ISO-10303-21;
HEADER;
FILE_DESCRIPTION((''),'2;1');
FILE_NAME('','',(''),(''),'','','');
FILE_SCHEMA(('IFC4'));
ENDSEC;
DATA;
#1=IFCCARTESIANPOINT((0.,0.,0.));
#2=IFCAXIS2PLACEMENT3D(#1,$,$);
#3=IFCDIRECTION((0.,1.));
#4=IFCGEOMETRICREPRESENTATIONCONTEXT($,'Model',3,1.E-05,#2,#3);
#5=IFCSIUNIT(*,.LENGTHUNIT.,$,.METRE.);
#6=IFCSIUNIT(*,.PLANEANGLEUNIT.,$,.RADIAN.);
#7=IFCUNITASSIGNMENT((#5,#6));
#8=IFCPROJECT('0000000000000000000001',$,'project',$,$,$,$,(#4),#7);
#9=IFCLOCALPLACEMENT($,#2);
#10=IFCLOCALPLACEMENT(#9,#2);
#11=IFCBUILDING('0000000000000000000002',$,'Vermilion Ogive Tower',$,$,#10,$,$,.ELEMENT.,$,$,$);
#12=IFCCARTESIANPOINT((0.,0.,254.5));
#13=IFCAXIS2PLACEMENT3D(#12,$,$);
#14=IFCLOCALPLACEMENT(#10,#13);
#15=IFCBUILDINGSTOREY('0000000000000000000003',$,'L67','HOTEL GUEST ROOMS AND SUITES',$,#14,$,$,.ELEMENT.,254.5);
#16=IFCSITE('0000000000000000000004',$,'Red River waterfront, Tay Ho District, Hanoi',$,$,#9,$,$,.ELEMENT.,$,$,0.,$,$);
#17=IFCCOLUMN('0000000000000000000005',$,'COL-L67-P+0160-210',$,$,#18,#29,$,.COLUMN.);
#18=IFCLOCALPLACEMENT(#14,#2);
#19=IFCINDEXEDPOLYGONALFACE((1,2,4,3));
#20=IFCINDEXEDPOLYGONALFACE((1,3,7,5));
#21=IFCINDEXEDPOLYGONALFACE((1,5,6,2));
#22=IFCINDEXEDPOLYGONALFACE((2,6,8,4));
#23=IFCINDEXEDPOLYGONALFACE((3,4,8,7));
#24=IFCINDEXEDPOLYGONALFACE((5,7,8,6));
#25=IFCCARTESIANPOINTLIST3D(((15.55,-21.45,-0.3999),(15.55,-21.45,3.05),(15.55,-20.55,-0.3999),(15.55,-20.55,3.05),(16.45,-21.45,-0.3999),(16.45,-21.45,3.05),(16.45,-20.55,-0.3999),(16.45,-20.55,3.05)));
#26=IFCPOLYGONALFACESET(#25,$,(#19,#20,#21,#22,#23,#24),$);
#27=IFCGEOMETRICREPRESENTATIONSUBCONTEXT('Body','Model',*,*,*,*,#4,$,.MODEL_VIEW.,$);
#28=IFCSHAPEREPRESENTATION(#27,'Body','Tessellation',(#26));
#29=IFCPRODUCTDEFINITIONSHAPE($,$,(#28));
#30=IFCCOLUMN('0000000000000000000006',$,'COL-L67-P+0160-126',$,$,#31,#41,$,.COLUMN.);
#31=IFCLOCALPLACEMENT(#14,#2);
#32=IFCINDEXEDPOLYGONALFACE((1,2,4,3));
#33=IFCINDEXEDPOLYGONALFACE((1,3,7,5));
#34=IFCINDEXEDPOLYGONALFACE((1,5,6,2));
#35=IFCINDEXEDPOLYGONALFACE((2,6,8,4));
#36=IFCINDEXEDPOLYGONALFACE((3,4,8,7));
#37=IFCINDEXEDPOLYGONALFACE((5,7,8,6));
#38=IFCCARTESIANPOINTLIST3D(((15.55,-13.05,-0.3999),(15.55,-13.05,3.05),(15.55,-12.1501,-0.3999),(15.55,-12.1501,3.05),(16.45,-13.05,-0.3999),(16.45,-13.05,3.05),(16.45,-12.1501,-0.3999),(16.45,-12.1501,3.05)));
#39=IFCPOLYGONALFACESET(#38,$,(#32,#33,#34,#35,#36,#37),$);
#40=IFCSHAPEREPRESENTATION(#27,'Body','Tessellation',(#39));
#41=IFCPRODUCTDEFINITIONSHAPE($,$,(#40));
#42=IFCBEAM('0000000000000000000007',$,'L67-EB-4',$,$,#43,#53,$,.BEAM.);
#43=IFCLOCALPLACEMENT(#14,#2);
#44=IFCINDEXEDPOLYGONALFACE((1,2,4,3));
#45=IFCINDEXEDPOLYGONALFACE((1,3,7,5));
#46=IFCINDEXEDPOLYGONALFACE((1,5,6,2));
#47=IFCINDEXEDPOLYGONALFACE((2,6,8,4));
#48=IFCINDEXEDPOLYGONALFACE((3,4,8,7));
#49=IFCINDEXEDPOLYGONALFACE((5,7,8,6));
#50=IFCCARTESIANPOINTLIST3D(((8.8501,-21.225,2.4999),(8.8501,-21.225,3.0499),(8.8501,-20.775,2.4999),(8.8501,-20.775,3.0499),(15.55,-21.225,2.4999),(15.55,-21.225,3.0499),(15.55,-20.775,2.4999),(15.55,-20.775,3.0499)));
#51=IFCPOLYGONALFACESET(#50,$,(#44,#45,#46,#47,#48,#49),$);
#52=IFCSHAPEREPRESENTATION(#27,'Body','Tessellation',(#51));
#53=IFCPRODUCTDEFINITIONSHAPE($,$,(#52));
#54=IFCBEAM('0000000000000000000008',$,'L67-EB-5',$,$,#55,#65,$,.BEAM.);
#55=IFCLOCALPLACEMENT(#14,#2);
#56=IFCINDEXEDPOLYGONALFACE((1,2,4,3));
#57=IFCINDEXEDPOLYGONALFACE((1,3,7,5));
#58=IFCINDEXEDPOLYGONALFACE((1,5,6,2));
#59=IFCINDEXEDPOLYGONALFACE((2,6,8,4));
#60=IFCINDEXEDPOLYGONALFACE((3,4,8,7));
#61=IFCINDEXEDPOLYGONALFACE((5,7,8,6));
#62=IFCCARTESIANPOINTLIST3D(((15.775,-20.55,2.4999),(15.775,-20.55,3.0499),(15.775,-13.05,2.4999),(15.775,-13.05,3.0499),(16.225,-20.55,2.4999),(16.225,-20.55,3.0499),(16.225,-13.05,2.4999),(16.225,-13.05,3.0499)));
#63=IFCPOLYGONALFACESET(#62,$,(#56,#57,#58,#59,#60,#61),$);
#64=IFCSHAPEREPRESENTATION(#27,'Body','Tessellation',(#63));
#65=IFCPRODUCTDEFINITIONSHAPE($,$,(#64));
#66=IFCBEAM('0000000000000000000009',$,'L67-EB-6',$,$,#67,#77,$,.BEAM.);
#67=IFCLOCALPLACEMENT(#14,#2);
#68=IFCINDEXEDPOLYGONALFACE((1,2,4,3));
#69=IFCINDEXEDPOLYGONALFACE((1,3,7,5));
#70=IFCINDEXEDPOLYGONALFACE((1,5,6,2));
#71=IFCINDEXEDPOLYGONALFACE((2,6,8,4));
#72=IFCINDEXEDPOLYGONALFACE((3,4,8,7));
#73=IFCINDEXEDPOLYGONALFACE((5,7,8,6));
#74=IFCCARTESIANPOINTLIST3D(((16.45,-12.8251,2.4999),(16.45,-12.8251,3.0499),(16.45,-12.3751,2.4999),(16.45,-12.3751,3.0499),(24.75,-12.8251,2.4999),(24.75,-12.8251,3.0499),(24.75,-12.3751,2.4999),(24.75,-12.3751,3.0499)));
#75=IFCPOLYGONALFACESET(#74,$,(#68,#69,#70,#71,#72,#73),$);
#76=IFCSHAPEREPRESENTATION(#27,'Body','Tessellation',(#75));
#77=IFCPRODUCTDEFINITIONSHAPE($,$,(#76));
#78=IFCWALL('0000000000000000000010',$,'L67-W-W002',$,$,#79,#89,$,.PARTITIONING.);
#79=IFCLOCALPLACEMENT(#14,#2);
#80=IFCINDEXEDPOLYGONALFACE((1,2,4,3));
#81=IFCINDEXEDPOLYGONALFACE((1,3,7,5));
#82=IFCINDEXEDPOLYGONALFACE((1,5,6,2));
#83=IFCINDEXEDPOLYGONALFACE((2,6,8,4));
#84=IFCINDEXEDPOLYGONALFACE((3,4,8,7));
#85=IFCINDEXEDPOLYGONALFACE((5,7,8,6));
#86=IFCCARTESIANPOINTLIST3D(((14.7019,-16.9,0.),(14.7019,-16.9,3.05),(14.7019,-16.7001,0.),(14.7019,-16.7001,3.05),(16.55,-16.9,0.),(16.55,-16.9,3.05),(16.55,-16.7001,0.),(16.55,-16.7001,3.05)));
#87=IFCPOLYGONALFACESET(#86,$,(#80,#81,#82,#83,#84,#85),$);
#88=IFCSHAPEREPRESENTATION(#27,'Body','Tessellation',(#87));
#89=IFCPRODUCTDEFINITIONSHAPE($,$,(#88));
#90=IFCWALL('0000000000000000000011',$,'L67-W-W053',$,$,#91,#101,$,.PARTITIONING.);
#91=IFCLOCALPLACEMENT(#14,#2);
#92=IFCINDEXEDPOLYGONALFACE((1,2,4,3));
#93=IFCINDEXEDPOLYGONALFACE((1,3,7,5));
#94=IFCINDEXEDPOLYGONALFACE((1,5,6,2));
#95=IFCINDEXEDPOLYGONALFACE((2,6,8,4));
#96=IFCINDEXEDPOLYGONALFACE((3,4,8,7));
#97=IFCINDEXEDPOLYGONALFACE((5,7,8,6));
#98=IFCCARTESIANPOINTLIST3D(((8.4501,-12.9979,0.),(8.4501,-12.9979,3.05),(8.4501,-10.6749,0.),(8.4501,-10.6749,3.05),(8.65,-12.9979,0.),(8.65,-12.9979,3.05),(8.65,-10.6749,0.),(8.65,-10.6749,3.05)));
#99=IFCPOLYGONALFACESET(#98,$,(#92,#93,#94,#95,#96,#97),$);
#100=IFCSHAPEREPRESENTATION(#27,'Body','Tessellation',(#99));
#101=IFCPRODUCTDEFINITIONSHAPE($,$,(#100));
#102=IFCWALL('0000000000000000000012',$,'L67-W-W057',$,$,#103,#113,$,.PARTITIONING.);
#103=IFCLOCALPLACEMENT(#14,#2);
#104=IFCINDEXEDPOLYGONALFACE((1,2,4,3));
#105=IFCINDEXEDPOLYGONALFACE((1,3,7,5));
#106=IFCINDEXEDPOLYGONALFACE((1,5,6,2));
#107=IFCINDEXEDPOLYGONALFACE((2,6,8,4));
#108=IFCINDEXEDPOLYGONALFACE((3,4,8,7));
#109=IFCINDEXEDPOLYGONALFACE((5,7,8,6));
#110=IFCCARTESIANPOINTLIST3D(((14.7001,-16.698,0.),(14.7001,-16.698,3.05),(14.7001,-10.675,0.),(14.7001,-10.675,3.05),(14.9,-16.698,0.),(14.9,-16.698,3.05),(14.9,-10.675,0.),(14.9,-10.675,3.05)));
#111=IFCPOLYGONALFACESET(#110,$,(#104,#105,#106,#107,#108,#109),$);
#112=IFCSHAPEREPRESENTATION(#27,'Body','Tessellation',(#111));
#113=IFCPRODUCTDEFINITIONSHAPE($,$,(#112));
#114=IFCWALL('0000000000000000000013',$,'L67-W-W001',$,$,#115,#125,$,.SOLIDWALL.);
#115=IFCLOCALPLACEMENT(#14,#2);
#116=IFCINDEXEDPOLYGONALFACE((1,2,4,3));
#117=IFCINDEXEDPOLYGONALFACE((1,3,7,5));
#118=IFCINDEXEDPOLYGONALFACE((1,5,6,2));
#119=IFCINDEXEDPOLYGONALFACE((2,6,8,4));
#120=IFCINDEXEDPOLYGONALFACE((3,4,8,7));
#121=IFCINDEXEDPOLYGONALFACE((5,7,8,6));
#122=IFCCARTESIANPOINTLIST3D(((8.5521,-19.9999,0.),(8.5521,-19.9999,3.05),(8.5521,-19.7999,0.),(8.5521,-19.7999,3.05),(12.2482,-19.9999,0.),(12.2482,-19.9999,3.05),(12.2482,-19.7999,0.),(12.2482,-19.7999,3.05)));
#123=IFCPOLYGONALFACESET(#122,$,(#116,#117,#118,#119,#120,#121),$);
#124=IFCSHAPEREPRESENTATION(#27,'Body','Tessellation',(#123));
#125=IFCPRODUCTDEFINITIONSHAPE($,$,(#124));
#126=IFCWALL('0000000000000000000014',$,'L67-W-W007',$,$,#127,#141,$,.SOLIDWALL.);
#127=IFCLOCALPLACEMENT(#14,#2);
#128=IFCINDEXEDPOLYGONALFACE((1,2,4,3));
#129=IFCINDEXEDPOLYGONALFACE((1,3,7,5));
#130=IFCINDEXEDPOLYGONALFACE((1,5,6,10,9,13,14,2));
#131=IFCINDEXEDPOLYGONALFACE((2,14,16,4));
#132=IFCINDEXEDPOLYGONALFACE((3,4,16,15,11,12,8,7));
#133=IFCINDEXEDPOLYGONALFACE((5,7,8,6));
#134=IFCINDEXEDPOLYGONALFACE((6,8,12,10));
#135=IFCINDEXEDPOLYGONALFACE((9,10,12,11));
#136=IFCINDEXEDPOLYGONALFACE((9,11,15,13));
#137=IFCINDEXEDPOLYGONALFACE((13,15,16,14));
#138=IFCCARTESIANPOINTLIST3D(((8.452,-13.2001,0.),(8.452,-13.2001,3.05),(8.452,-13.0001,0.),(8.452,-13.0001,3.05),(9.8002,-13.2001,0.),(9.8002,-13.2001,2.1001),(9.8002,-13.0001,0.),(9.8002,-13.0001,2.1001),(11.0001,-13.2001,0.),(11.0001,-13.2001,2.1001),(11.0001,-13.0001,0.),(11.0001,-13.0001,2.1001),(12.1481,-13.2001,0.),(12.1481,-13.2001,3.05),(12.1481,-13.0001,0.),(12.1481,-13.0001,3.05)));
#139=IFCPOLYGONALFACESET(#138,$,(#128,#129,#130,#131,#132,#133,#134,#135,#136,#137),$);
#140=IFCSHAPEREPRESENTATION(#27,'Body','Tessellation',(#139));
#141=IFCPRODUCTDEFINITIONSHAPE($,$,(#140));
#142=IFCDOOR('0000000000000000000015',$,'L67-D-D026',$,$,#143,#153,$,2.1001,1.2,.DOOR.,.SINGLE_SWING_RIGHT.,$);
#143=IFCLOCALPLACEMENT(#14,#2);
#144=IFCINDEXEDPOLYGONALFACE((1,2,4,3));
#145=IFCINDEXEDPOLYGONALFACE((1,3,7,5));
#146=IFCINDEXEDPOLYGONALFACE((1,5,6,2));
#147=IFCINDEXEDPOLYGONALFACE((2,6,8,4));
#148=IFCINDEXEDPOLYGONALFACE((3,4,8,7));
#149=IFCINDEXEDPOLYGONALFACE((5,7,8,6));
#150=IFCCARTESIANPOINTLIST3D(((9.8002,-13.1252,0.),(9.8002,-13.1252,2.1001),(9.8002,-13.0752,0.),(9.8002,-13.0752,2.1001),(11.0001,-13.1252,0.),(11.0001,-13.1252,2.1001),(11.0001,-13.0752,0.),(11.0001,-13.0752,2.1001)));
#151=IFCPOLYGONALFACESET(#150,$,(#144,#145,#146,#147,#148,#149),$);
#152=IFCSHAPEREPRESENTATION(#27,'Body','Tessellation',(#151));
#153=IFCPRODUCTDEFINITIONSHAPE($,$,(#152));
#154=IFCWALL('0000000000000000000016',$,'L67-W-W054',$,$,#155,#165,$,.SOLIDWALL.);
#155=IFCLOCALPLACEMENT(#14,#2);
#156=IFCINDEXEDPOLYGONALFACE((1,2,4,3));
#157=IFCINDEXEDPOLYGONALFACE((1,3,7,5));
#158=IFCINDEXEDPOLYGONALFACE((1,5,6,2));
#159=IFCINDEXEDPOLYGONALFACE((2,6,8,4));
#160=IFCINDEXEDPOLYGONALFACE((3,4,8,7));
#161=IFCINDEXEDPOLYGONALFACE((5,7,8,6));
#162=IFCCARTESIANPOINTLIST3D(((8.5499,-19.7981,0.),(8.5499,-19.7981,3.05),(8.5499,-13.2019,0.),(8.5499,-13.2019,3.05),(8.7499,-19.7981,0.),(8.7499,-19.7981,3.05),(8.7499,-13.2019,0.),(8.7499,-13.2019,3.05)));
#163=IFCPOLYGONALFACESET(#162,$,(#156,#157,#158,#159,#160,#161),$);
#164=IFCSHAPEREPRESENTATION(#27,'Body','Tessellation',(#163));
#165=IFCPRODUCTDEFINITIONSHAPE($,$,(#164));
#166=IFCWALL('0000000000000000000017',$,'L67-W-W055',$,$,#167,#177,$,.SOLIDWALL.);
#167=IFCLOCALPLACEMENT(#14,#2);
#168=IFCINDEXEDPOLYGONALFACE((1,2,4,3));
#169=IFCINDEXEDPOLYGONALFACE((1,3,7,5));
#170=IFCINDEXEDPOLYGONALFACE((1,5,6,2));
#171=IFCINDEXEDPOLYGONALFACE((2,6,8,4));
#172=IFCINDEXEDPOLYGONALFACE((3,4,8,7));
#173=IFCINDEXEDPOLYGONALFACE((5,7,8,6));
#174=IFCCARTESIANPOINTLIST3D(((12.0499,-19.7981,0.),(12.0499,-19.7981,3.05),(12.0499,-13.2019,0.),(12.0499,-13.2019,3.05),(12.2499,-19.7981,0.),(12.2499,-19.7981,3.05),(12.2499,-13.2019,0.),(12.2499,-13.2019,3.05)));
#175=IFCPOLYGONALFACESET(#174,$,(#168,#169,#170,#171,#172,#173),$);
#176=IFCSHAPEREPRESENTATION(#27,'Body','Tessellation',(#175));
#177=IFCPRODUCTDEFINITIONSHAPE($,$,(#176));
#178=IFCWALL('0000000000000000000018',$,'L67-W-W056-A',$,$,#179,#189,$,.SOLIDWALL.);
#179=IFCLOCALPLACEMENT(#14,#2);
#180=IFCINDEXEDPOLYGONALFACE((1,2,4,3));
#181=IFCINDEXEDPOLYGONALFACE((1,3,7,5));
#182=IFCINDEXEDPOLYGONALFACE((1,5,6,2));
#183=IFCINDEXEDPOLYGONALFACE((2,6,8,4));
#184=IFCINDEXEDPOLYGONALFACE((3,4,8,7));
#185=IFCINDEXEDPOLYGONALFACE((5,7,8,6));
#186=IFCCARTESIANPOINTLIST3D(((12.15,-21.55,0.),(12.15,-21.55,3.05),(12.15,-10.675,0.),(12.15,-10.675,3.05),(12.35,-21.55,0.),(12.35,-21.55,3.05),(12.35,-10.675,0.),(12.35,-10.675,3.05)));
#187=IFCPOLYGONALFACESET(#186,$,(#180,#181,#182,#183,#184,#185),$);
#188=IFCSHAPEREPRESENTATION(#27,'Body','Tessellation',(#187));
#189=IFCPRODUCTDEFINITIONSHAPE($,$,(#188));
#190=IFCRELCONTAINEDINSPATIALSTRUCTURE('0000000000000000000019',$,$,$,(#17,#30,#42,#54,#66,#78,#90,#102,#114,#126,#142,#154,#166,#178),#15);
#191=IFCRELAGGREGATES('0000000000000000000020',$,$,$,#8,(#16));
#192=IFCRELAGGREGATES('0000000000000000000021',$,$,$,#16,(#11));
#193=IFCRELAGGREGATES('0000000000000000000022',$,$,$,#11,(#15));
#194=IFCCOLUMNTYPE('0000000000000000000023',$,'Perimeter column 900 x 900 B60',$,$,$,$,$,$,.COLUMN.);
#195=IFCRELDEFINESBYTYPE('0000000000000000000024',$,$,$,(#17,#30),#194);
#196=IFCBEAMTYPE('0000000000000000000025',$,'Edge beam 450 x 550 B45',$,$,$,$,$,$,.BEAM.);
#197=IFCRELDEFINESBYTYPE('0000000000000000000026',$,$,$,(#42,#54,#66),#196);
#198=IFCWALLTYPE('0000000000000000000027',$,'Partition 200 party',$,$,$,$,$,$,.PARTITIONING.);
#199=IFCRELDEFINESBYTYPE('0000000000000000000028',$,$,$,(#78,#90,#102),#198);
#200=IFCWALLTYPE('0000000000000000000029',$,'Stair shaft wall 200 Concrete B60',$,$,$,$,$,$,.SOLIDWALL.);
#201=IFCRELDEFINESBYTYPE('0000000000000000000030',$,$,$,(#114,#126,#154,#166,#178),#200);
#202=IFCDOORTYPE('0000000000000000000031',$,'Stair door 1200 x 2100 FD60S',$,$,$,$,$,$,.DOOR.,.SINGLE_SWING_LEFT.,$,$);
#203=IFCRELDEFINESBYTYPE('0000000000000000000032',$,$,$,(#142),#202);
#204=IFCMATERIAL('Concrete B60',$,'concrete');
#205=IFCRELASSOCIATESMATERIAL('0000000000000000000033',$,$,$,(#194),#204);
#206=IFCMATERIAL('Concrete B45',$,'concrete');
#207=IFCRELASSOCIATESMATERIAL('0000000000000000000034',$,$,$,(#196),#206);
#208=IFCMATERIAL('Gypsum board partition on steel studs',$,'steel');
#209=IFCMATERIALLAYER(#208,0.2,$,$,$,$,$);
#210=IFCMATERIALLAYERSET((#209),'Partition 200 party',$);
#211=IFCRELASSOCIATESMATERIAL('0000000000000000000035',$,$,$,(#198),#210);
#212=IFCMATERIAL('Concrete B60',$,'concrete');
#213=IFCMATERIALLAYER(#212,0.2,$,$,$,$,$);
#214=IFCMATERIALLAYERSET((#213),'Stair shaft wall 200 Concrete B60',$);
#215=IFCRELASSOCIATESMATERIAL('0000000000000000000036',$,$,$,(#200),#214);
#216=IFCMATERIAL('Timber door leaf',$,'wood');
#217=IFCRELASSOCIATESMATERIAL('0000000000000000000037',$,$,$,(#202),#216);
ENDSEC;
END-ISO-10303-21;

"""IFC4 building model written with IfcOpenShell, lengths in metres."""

from ifc_helpers import new_model, si_unit, direction, frame, frame_2d, origin, origin_2d, place, context, subcontext, project, spatial, rectangle, extrude, material, layer, layer_set, material_profile, profile_set, type_object, element, fill, save


model = new_model("IFC4")

# Units and contexts
model_context = context("Model", 3, precision=1e-05, world=origin(), true_north=direction((0.0, 1.0)))
body_context = subcontext(model_context, "Body", "Model", "MODEL_VIEW")
ifc_project = project(units=[si_unit("LENGTHUNIT", "METRE"), si_unit("PLANEANGLEUNIT", "RADIAN")], contexts=[model_context])

# Site, building, storey
site_placement = place(None, origin())
site = spatial("IfcSite", under=ifc_project, at=site_placement, Name="Red River waterfront, Tay Ho District, Hanoi", CompositionType="ELEMENT", RefElevation=0.0)
building_placement = place(site_placement, origin())
building = spatial("IfcBuilding", under=site, at=building_placement, Name="Vermilion Ogive Tower", CompositionType="ELEMENT")
storey_placement = place(building_placement, frame((0.0, 0.0, 254.5)))
storey = spatial("IfcBuildingStorey", under=building, at=storey_placement, Name="L67", Description="HOTEL GUEST ROOMS AND SUITES", CompositionType="ELEMENT", Elevation=254.5)

# Columns
ifc_material_1 = material(Name="Concrete B60", Category="concrete")
ifc_material_profile_1 = material_profile(ifc_material_1, rectangle(XDim=0.8999, YDim=0.8999, at=origin_2d()), Name="900 x 900")
ifc_profile_set_1 = profile_set([ifc_material_profile_1], Name="Concrete B60")
column_type = type_object("IfcColumnType", Name="Perimeter column 900 x 900 B60", PredefinedType="COLUMN", material=ifc_profile_set_1)
for number, where, z_axis, x_axis, name in (
    (1, (16.0, -21.0, -0.3999), (0.0, 0.0, 1.0), (1.0, 0.0, 0.0), "COL-L67-P+0160-210"),
    (2, (16.0, -12.6001, -0.3999), (0.0, 0.0, 1.0), (1.0, 0.0, 0.0), "COL-L67-P+0160-126"),
):
    element("IfcColumn", number, at=place(storey_placement, frame(where, z_axis=z_axis, x_axis=x_axis)), inside=storey, type_object=column_type, Name=name, PredefinedType="COLUMN", context=body_context, shape_type="SweptSolid", body=[
        extrude(rectangle(XDim=0.8999, YDim=0.8999, at=origin_2d()), origin(), (0.0, 0.0, 1.0), 3.45),
    ])

# Beams
ifc_material_2 = material(Name="Concrete B45", Category="concrete")
ifc_material_profile_2 = material_profile(ifc_material_2, rectangle(XDim=0.45, YDim=0.55, at=origin_2d()), Name="450 x 550")
ifc_profile_set_2 = profile_set([ifc_material_profile_2], Name="Concrete B45")
beam_type = type_object("IfcBeamType", Name="Edge beam 450 x 550 B45", PredefinedType="BEAM", material=ifc_profile_set_2)
beam_1_placement = place(storey_placement, frame((8.8501, -21.0, 2.7749), z_axis=(1.0, 0.0, 0.0), x_axis=(0.0, 1.0, 0.0)))
element("IfcBeam", 3, at=beam_1_placement, inside=storey, type_object=beam_type, Name="L67-EB-4", PredefinedType="BEAM", context=body_context, shape_type="SweptSolid", body=[
    extrude(rectangle(XDim=0.45, YDim=0.55, at=origin_2d()), origin(), (0.0, 0.0, 1.0), 6.7),
])
beam_2_placement = place(storey_placement, frame((16.0, -20.55, 2.7749), z_axis=(0.0, 1.0, 0.0), x_axis=(-1.0, 0.0, 0.0)))
element("IfcBeam", 4, at=beam_2_placement, inside=storey, type_object=beam_type, Name="L67-EB-5", PredefinedType="BEAM", context=body_context, shape_type="SweptSolid", body=[
    extrude(rectangle(XDim=0.45, YDim=0.55, at=origin_2d()), origin(), (0.0, 0.0, 1.0), 7.5),
])
beam_3_placement = place(storey_placement, frame((16.45, -12.6001, 2.7749), z_axis=(1.0, 0.0, 0.0), x_axis=(0.0, 1.0, 0.0)))
element("IfcBeam", 5, at=beam_3_placement, inside=storey, type_object=beam_type, Name="L67-EB-6", PredefinedType="BEAM", context=body_context, shape_type="SweptSolid", body=[
    extrude(rectangle(XDim=0.45, YDim=0.55, at=origin_2d()), origin(), (0.0, 0.0, 1.0), 8.3),
])

# Walls
ifc_material_3 = material(Name="Gypsum board partition on steel studs", Category="steel")
ifc_layer_1 = layer(ifc_material_3, 0.2)
ifc_layer_set_1 = layer_set([ifc_layer_1], Name="Partition 200 party")
wall_type_1 = type_object("IfcWallType", Name="Partition 200 party", PredefinedType="PARTITIONING", material=ifc_layer_set_1)
wall_1_placement = place(storey_placement, frame((14.7019, -16.8, 0.0), z_axis=(0.0, 0.0, 1.0), x_axis=(1.0, 0.0, 0.0)))
element("IfcWall", 6, at=wall_1_placement, inside=storey, type_object=wall_type_1, Name="L67-W-W002", PredefinedType="PARTITIONING", context=body_context, shape_type="SweptSolid", body=[
    extrude(rectangle(XDim=1.8481, YDim=0.2, at=frame_2d((0.9241, 0.0))), origin(), (0.0, 0.0, 1.0), 3.05),
])
wall_2_placement = place(storey_placement, frame((8.55, -12.998, 0.0), z_axis=(0.0, 0.0, 1.0), x_axis=(0.0, 1.0, 0.0)))
element("IfcWall", 7, at=wall_2_placement, inside=storey, type_object=wall_type_1, Name="L67-W-W053", PredefinedType="PARTITIONING", context=body_context, shape_type="SweptSolid", body=[
    extrude(rectangle(XDim=2.323, YDim=0.2, at=frame_2d((1.1616, 0.0))), origin(), (0.0, 0.0, 1.0), 3.05),
])
wall_3_placement = place(storey_placement, frame((14.8, -16.698, 0.0), z_axis=(0.0, 0.0, 1.0), x_axis=(0.0, 1.0, 0.0)))
element("IfcWall", 8, at=wall_3_placement, inside=storey, type_object=wall_type_1, Name="L67-W-W057", PredefinedType="PARTITIONING", context=body_context, shape_type="SweptSolid", body=[
    extrude(rectangle(XDim=6.0229, YDim=0.2, at=frame_2d((3.0115, 0.0))), origin(), (0.0, 0.0, 1.0), 3.05),
])
ifc_material_4 = material(Name="Concrete B60", Category="concrete")
ifc_layer_2 = layer(ifc_material_4, 0.2)
ifc_layer_set_2 = layer_set([ifc_layer_2], Name="Stair shaft wall 200 Concrete B60")
wall_type_2 = type_object("IfcWallType", Name="Stair shaft wall 200 Concrete B60", PredefinedType="SOLIDWALL", material=ifc_layer_set_2)
wall_4_placement = place(storey_placement, frame((8.552, -19.8999, 0.0), z_axis=(0.0, 0.0, 1.0), x_axis=(1.0, 0.0, 0.0)))
element("IfcWall", 9, at=wall_4_placement, inside=storey, type_object=wall_type_2, Name="L67-W-W001", PredefinedType="SOLIDWALL", context=body_context, shape_type="SweptSolid", body=[
    extrude(rectangle(XDim=3.696, YDim=0.2, at=frame_2d((1.8481, 0.0))), origin(), (0.0, 0.0, 1.0), 3.05),
])

# Wall, opening, door
wall_5_placement = place(storey_placement, frame((8.4519, -13.1001, 0.0), z_axis=(0.0, 0.0, 1.0), x_axis=(1.0, 0.0, 0.0)))
wall_5 = element("IfcWall", 10, at=wall_5_placement, inside=storey, type_object=wall_type_2, Name="L67-W-W007", PredefinedType="SOLIDWALL", context=body_context, shape_type="SweptSolid", body=[
    extrude(rectangle(XDim=3.696, YDim=0.2, at=frame_2d((1.8481, 0.0))), origin(), (0.0, 0.0, 1.0), 3.05),
])
opening_1_placement = place(wall_5_placement, frame((1.3481, 0.0, 0.0)))
opening_1 = element("IfcOpeningElement", 11, at=opening_1_placement, cuts=wall_5, PredefinedType="OPENING", context=body_context, shape_type="SweptSolid", body=[
    extrude(rectangle(XDim=1.2, YDim=2.1001, at=frame_2d((0.6001, 1.05))), frame((0.0, 0.1099, 0.0), z_axis=(0.0, -1.0, 0.0), x_axis=(1.0, 0.0, 0.0)), (0.0, 0.0, 1.0), 0.22),
])
ifc_material_5 = material(Name="Timber door leaf", Category="wood")
door_type_1 = type_object("IfcDoorType", Name="Stair door 1200 x 2100 FD60S", OperationType="SINGLE_SWING_LEFT", PredefinedType="DOOR", material=ifc_material_5)
door_1_placement = place(opening_1_placement, origin())
door_1 = element("IfcDoor", 12, at=door_1_placement, inside=storey, type_object=door_type_1, Name="L67-D-D026", OperationType="SINGLE_SWING_RIGHT", OverallHeight=2.1001, OverallWidth=1.2, PredefinedType="DOOR", context=body_context, shape_type="SweptSolid", body=[
    extrude(rectangle(XDim=1.2, YDim=2.1001, at=frame_2d((0.6001, 1.05))), frame((0.0, 0.0249, 0.0), z_axis=(0.0, -1.0, 0.0), x_axis=(1.0, 0.0, 0.0)), (0.0, 0.0, 1.0), 0.05),
])
fill(opening_1, door_1)

# Walls
for number, where, z_axis, x_axis, name in (
    (13, (8.6499, -19.7981, 0.0), (0.0, 0.0, 1.0), (0.0, 1.0, 0.0), "L67-W-W054"),
    (14, (12.1499, -19.7981, 0.0), (0.0, 0.0, 1.0), (0.0, 1.0, 0.0), "L67-W-W055"),
):
    element("IfcWall", number, at=place(storey_placement, frame(where, z_axis=z_axis, x_axis=x_axis)), inside=storey, type_object=wall_type_2, Name=name, PredefinedType="SOLIDWALL", context=body_context, shape_type="SweptSolid", body=[
        extrude(rectangle(XDim=6.5962, YDim=0.2, at=frame_2d((3.2981, 0.0))), origin(), (0.0, 0.0, 1.0), 3.05),
    ])
wall_6_placement = place(storey_placement, frame((12.25, -21.55, 0.0), z_axis=(0.0, 0.0, 1.0), x_axis=(0.0, 1.0, 0.0)))
element("IfcWall", 15, at=wall_6_placement, inside=storey, type_object=wall_type_2, Name="L67-W-W056-A", PredefinedType="SOLIDWALL", context=body_context, shape_type="SweptSolid", body=[
    extrude(rectangle(XDim=10.875, YDim=0.2, at=frame_2d((5.4375, 0.0))), origin(), (0.0, 0.0, 1.0), 3.05),
])

save(model, "model.ifc")
